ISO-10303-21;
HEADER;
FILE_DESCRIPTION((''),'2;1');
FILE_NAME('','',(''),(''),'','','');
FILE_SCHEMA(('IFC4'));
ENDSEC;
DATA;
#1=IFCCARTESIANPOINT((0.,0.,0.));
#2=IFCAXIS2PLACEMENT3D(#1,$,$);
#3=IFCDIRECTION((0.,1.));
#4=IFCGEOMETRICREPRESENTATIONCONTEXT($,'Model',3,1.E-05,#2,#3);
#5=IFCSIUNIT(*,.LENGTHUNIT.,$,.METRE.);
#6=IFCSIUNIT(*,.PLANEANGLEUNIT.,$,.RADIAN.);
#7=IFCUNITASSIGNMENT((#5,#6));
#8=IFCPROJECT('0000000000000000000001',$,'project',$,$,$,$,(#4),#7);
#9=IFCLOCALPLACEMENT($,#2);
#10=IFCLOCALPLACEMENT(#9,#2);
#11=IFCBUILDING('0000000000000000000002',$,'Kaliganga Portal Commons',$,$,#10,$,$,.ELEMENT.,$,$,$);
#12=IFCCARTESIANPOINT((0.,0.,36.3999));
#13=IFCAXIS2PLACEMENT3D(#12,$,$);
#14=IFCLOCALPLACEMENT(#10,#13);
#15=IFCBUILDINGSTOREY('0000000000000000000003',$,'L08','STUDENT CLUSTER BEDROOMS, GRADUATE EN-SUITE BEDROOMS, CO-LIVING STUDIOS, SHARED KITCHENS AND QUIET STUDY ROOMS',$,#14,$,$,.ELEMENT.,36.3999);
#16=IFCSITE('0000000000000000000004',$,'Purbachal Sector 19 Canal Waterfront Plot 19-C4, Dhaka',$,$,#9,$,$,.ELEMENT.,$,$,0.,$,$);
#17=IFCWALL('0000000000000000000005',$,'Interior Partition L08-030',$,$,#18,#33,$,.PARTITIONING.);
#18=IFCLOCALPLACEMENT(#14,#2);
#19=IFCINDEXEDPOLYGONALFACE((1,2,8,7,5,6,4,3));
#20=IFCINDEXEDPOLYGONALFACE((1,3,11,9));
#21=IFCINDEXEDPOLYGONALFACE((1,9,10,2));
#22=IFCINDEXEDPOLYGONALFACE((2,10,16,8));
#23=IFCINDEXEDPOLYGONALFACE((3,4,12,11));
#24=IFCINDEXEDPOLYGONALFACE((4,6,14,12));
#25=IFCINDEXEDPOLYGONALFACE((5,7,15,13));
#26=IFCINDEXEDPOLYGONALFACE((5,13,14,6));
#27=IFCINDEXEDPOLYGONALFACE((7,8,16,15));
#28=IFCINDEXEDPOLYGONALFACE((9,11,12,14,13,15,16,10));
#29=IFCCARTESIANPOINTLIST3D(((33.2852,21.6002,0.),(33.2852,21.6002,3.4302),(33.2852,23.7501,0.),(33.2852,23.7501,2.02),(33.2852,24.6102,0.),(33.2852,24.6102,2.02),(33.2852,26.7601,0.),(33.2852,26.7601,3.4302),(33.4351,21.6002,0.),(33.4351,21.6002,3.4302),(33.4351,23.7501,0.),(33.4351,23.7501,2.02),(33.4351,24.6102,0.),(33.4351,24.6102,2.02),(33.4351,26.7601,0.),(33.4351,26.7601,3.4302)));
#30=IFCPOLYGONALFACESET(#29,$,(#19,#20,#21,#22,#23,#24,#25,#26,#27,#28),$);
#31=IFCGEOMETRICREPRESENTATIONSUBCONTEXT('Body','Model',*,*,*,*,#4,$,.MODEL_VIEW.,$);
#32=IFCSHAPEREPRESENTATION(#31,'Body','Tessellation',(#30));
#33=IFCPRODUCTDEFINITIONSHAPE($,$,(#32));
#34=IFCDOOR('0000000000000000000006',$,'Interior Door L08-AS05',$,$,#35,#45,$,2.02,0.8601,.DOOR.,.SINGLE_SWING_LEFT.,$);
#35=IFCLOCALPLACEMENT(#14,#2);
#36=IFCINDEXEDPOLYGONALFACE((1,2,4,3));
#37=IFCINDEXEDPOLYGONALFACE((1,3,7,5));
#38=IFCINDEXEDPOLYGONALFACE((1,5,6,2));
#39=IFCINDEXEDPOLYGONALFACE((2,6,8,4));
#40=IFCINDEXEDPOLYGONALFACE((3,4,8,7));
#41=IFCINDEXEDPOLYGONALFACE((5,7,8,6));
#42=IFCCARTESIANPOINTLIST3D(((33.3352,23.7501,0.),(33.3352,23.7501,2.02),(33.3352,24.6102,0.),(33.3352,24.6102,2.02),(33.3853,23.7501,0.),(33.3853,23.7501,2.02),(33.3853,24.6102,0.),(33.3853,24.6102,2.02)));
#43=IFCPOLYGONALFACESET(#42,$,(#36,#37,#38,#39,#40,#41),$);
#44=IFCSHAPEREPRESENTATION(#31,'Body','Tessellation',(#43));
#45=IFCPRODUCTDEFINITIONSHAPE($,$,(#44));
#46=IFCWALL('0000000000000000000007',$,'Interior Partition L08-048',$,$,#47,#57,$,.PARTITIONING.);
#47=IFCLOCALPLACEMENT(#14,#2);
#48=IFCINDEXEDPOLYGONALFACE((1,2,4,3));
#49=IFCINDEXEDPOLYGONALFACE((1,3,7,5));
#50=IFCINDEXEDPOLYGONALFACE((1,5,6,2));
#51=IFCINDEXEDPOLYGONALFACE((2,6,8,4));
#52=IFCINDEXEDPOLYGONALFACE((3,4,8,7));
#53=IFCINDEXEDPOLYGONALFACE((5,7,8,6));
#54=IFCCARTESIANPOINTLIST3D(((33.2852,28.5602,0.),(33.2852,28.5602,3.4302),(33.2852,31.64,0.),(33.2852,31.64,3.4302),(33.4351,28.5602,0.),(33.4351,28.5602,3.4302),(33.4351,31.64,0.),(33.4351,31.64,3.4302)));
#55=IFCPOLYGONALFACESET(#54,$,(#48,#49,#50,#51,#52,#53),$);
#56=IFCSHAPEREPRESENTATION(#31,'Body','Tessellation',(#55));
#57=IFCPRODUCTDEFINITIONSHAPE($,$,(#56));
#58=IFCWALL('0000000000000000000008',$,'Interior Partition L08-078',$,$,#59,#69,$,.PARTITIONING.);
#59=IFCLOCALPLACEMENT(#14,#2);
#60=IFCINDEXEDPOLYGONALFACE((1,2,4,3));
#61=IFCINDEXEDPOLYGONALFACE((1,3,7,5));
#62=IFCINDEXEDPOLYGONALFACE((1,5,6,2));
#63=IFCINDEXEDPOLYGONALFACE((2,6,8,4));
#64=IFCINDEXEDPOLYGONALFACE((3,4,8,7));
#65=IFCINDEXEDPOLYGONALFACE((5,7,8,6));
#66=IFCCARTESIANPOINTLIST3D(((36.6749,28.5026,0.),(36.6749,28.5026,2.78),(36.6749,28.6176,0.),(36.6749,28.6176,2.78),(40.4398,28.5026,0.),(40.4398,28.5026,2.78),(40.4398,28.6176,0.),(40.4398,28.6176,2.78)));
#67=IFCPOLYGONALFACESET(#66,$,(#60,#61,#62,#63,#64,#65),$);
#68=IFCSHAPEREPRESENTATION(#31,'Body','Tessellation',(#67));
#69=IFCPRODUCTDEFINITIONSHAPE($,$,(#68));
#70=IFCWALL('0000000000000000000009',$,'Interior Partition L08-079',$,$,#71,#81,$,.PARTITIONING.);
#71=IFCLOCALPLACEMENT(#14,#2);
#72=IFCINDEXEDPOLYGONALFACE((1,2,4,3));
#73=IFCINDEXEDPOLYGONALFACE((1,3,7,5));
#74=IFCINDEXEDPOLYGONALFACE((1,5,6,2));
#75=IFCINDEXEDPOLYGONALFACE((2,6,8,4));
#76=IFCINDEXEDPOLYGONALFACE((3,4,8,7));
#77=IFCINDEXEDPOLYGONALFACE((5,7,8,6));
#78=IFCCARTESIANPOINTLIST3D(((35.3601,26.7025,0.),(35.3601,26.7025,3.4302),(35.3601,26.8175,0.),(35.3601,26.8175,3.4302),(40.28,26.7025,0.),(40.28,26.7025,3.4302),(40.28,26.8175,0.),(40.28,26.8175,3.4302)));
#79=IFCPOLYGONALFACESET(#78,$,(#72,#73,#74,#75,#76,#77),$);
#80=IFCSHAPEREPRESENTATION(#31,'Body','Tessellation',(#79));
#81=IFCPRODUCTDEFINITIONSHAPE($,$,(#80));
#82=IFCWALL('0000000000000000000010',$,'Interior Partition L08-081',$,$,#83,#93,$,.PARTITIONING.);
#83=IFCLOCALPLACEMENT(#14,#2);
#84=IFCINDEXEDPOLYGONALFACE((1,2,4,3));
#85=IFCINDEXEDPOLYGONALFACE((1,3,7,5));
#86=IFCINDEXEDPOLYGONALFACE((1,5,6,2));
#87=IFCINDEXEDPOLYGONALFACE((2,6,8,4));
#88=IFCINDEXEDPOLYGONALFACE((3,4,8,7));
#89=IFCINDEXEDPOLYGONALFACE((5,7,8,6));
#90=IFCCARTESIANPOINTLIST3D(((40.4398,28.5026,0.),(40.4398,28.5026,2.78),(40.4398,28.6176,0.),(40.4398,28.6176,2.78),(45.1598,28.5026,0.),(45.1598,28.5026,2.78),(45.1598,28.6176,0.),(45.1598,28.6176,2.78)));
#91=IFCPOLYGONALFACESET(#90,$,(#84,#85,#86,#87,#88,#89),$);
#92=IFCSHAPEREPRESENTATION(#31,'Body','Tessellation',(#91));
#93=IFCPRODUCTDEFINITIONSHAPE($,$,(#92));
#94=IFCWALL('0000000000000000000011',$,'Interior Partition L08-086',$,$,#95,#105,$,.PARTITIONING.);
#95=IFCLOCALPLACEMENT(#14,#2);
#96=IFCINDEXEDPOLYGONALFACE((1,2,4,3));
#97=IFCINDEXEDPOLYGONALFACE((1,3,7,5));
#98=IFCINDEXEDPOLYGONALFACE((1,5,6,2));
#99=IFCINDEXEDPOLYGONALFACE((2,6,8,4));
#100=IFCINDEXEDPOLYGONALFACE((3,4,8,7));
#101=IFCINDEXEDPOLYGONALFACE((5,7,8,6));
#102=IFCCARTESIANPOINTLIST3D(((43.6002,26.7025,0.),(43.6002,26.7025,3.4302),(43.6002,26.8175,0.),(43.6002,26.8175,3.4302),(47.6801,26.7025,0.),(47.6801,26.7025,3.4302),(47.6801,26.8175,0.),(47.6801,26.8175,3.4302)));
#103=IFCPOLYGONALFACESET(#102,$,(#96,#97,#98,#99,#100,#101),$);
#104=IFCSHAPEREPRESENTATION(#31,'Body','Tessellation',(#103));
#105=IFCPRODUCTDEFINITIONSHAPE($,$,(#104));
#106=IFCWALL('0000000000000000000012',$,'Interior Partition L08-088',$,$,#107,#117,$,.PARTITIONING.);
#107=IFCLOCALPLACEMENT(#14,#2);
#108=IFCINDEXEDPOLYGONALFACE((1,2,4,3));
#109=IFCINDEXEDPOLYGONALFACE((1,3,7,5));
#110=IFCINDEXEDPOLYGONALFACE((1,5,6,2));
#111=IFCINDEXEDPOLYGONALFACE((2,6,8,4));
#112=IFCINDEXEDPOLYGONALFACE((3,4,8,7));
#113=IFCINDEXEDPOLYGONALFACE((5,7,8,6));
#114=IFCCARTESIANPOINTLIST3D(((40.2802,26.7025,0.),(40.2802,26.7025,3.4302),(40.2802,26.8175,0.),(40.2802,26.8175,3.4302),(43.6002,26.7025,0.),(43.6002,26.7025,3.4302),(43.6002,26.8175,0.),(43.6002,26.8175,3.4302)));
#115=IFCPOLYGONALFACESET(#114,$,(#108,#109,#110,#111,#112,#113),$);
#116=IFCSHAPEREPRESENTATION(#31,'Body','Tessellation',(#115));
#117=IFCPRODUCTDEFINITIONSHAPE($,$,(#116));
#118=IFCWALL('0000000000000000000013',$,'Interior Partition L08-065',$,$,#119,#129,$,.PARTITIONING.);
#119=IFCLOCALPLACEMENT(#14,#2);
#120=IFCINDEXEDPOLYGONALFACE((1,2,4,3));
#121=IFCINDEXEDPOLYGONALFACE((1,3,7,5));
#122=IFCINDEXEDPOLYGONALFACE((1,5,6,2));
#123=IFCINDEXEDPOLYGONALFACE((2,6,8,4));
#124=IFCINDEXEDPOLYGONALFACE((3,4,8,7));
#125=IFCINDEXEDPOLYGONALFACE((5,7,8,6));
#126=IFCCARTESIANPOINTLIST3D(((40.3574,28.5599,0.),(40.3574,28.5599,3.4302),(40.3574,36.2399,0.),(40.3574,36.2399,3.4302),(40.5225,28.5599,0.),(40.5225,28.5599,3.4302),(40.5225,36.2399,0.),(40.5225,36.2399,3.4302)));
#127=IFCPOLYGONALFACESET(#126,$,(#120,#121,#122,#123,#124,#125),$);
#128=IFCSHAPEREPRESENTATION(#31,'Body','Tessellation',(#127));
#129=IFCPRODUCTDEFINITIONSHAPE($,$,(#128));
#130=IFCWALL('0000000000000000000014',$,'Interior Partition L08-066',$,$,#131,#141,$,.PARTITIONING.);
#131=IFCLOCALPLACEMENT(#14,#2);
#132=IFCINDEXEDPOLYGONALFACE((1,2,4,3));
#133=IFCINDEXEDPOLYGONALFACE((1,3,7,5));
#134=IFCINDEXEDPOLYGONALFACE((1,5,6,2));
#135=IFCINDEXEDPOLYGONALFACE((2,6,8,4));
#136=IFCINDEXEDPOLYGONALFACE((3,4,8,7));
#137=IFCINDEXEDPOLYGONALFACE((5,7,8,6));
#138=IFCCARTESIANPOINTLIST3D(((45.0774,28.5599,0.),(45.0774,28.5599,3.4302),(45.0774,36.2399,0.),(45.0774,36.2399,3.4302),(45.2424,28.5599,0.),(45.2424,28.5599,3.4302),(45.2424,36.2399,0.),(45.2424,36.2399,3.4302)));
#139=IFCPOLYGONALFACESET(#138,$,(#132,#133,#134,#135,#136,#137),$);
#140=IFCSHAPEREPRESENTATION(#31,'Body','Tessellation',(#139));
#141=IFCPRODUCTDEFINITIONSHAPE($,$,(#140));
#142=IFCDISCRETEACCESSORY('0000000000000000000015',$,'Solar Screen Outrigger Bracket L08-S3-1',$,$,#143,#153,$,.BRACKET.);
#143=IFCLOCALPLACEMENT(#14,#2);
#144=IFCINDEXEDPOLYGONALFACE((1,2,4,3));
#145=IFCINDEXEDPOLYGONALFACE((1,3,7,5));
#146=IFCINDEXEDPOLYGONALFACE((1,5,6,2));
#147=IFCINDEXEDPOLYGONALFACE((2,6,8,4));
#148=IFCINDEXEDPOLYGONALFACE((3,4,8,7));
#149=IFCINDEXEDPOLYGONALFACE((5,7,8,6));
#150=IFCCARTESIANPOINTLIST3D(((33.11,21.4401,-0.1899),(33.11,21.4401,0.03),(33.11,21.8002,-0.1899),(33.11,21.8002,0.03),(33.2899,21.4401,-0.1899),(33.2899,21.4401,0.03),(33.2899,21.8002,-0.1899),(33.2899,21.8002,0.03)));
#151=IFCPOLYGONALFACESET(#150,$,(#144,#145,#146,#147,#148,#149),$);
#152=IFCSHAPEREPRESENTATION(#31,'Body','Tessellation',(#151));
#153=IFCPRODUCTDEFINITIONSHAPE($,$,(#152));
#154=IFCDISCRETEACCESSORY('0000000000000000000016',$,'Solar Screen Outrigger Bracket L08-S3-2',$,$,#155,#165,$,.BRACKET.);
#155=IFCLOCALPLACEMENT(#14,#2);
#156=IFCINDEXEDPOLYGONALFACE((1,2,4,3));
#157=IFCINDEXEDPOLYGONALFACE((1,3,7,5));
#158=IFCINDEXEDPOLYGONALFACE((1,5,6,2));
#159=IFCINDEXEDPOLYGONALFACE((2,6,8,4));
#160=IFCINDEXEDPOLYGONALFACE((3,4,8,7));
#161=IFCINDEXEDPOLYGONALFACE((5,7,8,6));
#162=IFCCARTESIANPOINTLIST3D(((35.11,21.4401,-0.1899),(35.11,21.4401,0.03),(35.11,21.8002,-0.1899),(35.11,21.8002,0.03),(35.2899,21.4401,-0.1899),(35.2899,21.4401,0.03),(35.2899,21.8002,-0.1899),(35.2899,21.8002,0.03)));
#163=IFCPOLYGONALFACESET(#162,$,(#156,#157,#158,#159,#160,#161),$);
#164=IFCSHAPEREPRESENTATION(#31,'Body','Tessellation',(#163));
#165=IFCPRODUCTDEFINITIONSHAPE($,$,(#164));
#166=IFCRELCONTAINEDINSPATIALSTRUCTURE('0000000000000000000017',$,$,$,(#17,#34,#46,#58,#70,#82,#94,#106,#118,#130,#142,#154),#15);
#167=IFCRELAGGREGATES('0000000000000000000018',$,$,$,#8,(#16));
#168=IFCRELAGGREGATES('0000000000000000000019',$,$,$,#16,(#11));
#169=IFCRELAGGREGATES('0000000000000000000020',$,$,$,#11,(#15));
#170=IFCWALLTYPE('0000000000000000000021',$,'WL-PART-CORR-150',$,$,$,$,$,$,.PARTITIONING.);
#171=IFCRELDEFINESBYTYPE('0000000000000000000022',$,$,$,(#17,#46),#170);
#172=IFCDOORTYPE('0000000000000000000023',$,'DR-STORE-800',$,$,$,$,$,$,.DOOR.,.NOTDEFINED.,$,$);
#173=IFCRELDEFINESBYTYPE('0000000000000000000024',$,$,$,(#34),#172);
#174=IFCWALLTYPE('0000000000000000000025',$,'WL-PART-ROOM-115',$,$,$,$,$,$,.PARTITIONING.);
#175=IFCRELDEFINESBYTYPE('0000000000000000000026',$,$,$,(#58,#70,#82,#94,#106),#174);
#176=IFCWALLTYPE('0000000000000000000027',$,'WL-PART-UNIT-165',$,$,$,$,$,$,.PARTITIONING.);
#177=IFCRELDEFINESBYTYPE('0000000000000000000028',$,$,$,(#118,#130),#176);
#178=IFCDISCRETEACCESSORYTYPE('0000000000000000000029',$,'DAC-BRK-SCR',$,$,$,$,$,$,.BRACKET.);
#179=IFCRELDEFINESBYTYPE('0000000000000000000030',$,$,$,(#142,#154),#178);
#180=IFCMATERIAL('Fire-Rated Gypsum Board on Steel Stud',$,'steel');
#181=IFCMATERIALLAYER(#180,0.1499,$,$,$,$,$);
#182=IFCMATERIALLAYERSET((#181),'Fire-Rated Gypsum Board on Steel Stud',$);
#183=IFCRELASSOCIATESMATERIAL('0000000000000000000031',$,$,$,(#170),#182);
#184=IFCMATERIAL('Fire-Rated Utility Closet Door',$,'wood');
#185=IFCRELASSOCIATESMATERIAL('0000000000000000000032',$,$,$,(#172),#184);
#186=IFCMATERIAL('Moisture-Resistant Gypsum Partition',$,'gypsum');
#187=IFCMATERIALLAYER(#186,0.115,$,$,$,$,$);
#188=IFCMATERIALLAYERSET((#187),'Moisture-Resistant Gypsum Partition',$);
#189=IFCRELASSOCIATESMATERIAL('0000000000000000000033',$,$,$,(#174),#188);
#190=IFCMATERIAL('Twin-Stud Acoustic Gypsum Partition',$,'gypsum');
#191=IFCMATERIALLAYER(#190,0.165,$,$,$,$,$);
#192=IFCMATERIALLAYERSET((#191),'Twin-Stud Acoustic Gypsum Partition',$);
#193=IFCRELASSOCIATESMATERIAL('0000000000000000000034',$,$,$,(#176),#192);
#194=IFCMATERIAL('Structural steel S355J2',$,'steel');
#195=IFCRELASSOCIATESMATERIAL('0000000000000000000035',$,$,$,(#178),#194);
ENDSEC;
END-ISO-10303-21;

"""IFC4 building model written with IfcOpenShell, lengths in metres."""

from ifc_helpers import new_model, si_unit, direction, frame, frame_2d, origin, origin_2d, place, context, subcontext, project, spatial, rectangle, extrude, source, transform, mapped, material, layer, layer_set, type_object, element, fill, save


model = new_model("IFC4")

# Units and contexts
model_context = context("Model", 3, precision=1e-05, world=origin(), true_north=direction((0.0, 1.0)))
body_context = subcontext(model_context, "Body", "Model", "MODEL_VIEW")
ifc_project = project(units=[si_unit("LENGTHUNIT", "METRE"), si_unit("PLANEANGLEUNIT", "RADIAN")], contexts=[model_context])

# Site, building, storey
site_placement = place(None, origin())
site = spatial("IfcSite", under=ifc_project, at=site_placement, Name="Purbachal Sector 19 Canal Waterfront Plot 19-C4, Dhaka", CompositionType="ELEMENT", RefElevation=0.0)
building_placement = place(site_placement, origin())
building = spatial("IfcBuilding", under=site, at=building_placement, Name="Kaliganga Portal Commons", CompositionType="ELEMENT")
storey_placement = place(building_placement, frame((0.0, 0.0, 36.3999)))
storey = spatial("IfcBuildingStorey", under=building, at=storey_placement, Name="L08", Description="STUDENT CLUSTER BEDROOMS, GRADUATE EN-SUITE BEDROOMS, CO-LIVING STUDIOS, SHARED KITCHENS AND QUIET STUDY ROOMS", CompositionType="ELEMENT", Elevation=36.3999)

# Shared definitions
ifc_material_1 = material(Name="Structural steel S355J2", Category="steel")

# Shared definitions
ifc_material_2 = material(Name="Fire-Rated Gypsum Board on Steel Stud", Category="steel")
ifc_layer_1 = layer(ifc_material_2, 0.1499)
ifc_layer_set_1 = layer_set([ifc_layer_1], Name="Fire-Rated Gypsum Board on Steel Stud")
wall_type_1 = type_object("IfcWallType", Name="WL-PART-CORR-150", PredefinedType="PARTITIONING", material=ifc_layer_set_1)

# Wall, opening, door
wall_1_placement = place(storey_placement, frame((33.3601, 21.6001, 0.0), z_axis=(0.0, 0.0, 1.0), x_axis=(0.0, 1.0, 0.0)))
wall_1 = element("IfcWall", 1, at=wall_1_placement, inside=storey, type_object=wall_type_1, Name="Interior Partition L08-030", PredefinedType="PARTITIONING", context=body_context, shape_type="SweptSolid", body=[
    extrude(rectangle(XDim=5.1599, YDim=0.1499, at=frame_2d((2.5801, 0.0))), origin(), (0.0, 0.0, 1.0), 3.4302),
])
opening_placement = place(wall_1_placement, frame((2.1499, 0.0, 0.0)))
opening = element("IfcOpeningElement", 2, at=opening_placement, cuts=wall_1, PredefinedType="OPENING", context=body_context, shape_type="SweptSolid", body=[
    extrude(rectangle(XDim=0.8601, YDim=2.02, at=frame_2d((0.4302, 1.01))), frame((0.0, 0.085, 0.0), z_axis=(0.0, -1.0, 0.0), x_axis=(1.0, 0.0, 0.0)), (0.0, 0.0, 1.0), 0.1699),
])
ifc_material_3 = material(Name="Fire-Rated Utility Closet Door", Category="wood")
door_type = type_object("IfcDoorType", Name="DR-STORE-800", OperationType="NOTDEFINED", PredefinedType="DOOR", material=ifc_material_3)
door_placement = place(opening_placement, origin())
door = element("IfcDoor", 3, at=door_placement, inside=storey, type_object=door_type, Name="Interior Door L08-AS05", OperationType="SINGLE_SWING_LEFT", OverallHeight=2.02, OverallWidth=0.8601, PredefinedType="DOOR", context=body_context, shape_type="SweptSolid", body=[
    extrude(rectangle(XDim=0.8601, YDim=2.02, at=frame_2d((0.4302, 1.01))), frame((0.0, 0.0249, 0.0), z_axis=(0.0, -1.0, 0.0), x_axis=(1.0, 0.0, 0.0)), (0.0, 0.0, 1.0), 0.05),
])
fill(opening, door)

# Walls
wall_2_placement = place(storey_placement, frame((33.3601, 28.5601, 0.0), z_axis=(0.0, 0.0, 1.0), x_axis=(0.0, 1.0, 0.0)))
element("IfcWall", 4, at=wall_2_placement, inside=storey, type_object=wall_type_1, Name="Interior Partition L08-048", PredefinedType="PARTITIONING", context=body_context, shape_type="SweptSolid", body=[
    extrude(rectangle(XDim=3.0798, YDim=0.1499, at=frame_2d((1.54, 0.0))), origin(), (0.0, 0.0, 1.0), 3.4302),
])
ifc_material_4 = material(Name="Moisture-Resistant Gypsum Partition", Category="gypsum")
ifc_layer_2 = layer(ifc_material_4, 0.115)
ifc_layer_set_2 = layer_set([ifc_layer_2], Name="Moisture-Resistant Gypsum Partition")
wall_type_2 = type_object("IfcWallType", Name="WL-PART-ROOM-115", PredefinedType="PARTITIONING", material=ifc_layer_set_2)
wall_3_placement = place(storey_placement, frame((36.675, 28.5601, 0.0), z_axis=(0.0, 0.0, 1.0), x_axis=(1.0, 0.0, 0.0)))
element("IfcWall", 5, at=wall_3_placement, inside=storey, type_object=wall_type_2, Name="Interior Partition L08-078", PredefinedType="PARTITIONING", context=body_context, shape_type="SweptSolid", body=[
    extrude(rectangle(XDim=3.7649, YDim=0.115, at=frame_2d((1.8823, 0.0))), origin(), (0.0, 0.0, 1.0), 2.78),
])
wall_4_placement = place(storey_placement, frame((35.3601, 26.76, 0.0), z_axis=(0.0, 0.0, 1.0), x_axis=(1.0, 0.0, 0.0)))
element("IfcWall", 6, at=wall_4_placement, inside=storey, type_object=wall_type_2, Name="Interior Partition L08-079", PredefinedType="PARTITIONING", context=body_context, shape_type="SweptSolid", body=[
    extrude(rectangle(XDim=4.9199, YDim=0.115, at=frame_2d((2.46, 0.0))), origin(), (0.0, 0.0, 1.0), 3.4302),
])
wall_5_placement = place(storey_placement, frame((40.4399, 28.5601, 0.0), z_axis=(0.0, 0.0, 1.0), x_axis=(1.0, 0.0, 0.0)))
element("IfcWall", 7, at=wall_5_placement, inside=storey, type_object=wall_type_2, Name="Interior Partition L08-081", PredefinedType="PARTITIONING", context=body_context, shape_type="SweptSolid", body=[
    extrude(rectangle(XDim=4.72, YDim=0.115, at=frame_2d((2.3599, 0.0))), origin(), (0.0, 0.0, 1.0), 2.78),
])
wall_6_placement = place(storey_placement, frame((43.6001, 26.76, 0.0), z_axis=(0.0, 0.0, 1.0), x_axis=(1.0, 0.0, 0.0)))
element("IfcWall", 8, at=wall_6_placement, inside=storey, type_object=wall_type_2, Name="Interior Partition L08-086", PredefinedType="PARTITIONING", context=body_context, shape_type="SweptSolid", body=[
    extrude(rectangle(XDim=4.0798, YDim=0.115, at=frame_2d((2.04, 0.0))), origin(), (0.0, 0.0, 1.0), 3.4302),
])
wall_7_placement = place(storey_placement, frame((40.28, 26.76, 0.0), z_axis=(0.0, 0.0, 1.0), x_axis=(1.0, 0.0, 0.0)))
element("IfcWall", 9, at=wall_7_placement, inside=storey, type_object=wall_type_2, Name="Interior Partition L08-088", PredefinedType="PARTITIONING", context=body_context, shape_type="SweptSolid", body=[
    extrude(rectangle(XDim=3.3201, YDim=0.115, at=frame_2d((1.6602, 0.0))), origin(), (0.0, 0.0, 1.0), 3.4302),
])
ifc_material_5 = material(Name="Twin-Stud Acoustic Gypsum Partition", Category="gypsum")
ifc_layer_3 = layer(ifc_material_5, 0.165)
ifc_layer_set_3 = layer_set([ifc_layer_3], Name="Twin-Stud Acoustic Gypsum Partition")
wall_type_3 = type_object("IfcWallType", Name="WL-PART-UNIT-165", PredefinedType="PARTITIONING", material=ifc_layer_set_3)
for number, where, z_axis, x_axis, name in (
    (10, (40.4399, 28.5601, 0.0), (0.0, 0.0, 1.0), (0.0, 1.0, 0.0), "Interior Partition L08-065"),
    (11, (45.1599, 28.5601, 0.0), (0.0, 0.0, 1.0), (0.0, 1.0, 0.0), "Interior Partition L08-066"),
):
    element("IfcWall", number, at=place(storey_placement, frame(where, z_axis=z_axis, x_axis=x_axis)), inside=storey, type_object=wall_type_3, Name=name, PredefinedType="PARTITIONING", context=body_context, shape_type="SweptSolid", body=[
        extrude(rectangle(XDim=7.6799, YDim=0.165, at=frame_2d((3.8398, 0.0))), origin(), (0.0, 0.0, 1.0), 3.4302),
    ])

# Discrete accessories
discrete_accessory_type = type_object("IfcDiscreteAccessoryType", Name="DAC-BRK-SCR", PredefinedType="BRACKET", material=ifc_material_1)
shared_shape_1 = source(origin(), body_context, "Body", "SweptSolid", [
    extrude(rectangle(XDim=0.1799, YDim=0.3601, at=origin_2d()), origin(), (0.0, 0.0, 1.0), 0.22),
])
for number, where, z_axis, x_axis, name in (
    (12, (33.2, 21.6201, -0.1899), (0.0, 0.0, 1.0), (1.0, 0.0, 0.0), "Solar Screen Outrigger Bracket L08-S3-1"),
    (13, (35.2, 21.6201, -0.1899), (0.0, 0.0, 1.0), (1.0, 0.0, 0.0), "Solar Screen Outrigger Bracket L08-S3-2"),
):
    element("IfcDiscreteAccessory", number, at=place(storey_placement, frame(where, z_axis=z_axis, x_axis=x_axis)), inside=storey, type_object=discrete_accessory_type, Name=name, PredefinedType="BRACKET", context=body_context, shape_type="MappedRepresentation", body=[
        mapped(shared_shape_1, transform((0.0, 0.0, 0.0), x_axis=(1.0, 0.0, 0.0), y_axis=(0.0, 1.0, 0.0), z_axis=(0.0, 0.0, 1.0), scale=1.0)),
    ])

save(model, "model.ifc")
